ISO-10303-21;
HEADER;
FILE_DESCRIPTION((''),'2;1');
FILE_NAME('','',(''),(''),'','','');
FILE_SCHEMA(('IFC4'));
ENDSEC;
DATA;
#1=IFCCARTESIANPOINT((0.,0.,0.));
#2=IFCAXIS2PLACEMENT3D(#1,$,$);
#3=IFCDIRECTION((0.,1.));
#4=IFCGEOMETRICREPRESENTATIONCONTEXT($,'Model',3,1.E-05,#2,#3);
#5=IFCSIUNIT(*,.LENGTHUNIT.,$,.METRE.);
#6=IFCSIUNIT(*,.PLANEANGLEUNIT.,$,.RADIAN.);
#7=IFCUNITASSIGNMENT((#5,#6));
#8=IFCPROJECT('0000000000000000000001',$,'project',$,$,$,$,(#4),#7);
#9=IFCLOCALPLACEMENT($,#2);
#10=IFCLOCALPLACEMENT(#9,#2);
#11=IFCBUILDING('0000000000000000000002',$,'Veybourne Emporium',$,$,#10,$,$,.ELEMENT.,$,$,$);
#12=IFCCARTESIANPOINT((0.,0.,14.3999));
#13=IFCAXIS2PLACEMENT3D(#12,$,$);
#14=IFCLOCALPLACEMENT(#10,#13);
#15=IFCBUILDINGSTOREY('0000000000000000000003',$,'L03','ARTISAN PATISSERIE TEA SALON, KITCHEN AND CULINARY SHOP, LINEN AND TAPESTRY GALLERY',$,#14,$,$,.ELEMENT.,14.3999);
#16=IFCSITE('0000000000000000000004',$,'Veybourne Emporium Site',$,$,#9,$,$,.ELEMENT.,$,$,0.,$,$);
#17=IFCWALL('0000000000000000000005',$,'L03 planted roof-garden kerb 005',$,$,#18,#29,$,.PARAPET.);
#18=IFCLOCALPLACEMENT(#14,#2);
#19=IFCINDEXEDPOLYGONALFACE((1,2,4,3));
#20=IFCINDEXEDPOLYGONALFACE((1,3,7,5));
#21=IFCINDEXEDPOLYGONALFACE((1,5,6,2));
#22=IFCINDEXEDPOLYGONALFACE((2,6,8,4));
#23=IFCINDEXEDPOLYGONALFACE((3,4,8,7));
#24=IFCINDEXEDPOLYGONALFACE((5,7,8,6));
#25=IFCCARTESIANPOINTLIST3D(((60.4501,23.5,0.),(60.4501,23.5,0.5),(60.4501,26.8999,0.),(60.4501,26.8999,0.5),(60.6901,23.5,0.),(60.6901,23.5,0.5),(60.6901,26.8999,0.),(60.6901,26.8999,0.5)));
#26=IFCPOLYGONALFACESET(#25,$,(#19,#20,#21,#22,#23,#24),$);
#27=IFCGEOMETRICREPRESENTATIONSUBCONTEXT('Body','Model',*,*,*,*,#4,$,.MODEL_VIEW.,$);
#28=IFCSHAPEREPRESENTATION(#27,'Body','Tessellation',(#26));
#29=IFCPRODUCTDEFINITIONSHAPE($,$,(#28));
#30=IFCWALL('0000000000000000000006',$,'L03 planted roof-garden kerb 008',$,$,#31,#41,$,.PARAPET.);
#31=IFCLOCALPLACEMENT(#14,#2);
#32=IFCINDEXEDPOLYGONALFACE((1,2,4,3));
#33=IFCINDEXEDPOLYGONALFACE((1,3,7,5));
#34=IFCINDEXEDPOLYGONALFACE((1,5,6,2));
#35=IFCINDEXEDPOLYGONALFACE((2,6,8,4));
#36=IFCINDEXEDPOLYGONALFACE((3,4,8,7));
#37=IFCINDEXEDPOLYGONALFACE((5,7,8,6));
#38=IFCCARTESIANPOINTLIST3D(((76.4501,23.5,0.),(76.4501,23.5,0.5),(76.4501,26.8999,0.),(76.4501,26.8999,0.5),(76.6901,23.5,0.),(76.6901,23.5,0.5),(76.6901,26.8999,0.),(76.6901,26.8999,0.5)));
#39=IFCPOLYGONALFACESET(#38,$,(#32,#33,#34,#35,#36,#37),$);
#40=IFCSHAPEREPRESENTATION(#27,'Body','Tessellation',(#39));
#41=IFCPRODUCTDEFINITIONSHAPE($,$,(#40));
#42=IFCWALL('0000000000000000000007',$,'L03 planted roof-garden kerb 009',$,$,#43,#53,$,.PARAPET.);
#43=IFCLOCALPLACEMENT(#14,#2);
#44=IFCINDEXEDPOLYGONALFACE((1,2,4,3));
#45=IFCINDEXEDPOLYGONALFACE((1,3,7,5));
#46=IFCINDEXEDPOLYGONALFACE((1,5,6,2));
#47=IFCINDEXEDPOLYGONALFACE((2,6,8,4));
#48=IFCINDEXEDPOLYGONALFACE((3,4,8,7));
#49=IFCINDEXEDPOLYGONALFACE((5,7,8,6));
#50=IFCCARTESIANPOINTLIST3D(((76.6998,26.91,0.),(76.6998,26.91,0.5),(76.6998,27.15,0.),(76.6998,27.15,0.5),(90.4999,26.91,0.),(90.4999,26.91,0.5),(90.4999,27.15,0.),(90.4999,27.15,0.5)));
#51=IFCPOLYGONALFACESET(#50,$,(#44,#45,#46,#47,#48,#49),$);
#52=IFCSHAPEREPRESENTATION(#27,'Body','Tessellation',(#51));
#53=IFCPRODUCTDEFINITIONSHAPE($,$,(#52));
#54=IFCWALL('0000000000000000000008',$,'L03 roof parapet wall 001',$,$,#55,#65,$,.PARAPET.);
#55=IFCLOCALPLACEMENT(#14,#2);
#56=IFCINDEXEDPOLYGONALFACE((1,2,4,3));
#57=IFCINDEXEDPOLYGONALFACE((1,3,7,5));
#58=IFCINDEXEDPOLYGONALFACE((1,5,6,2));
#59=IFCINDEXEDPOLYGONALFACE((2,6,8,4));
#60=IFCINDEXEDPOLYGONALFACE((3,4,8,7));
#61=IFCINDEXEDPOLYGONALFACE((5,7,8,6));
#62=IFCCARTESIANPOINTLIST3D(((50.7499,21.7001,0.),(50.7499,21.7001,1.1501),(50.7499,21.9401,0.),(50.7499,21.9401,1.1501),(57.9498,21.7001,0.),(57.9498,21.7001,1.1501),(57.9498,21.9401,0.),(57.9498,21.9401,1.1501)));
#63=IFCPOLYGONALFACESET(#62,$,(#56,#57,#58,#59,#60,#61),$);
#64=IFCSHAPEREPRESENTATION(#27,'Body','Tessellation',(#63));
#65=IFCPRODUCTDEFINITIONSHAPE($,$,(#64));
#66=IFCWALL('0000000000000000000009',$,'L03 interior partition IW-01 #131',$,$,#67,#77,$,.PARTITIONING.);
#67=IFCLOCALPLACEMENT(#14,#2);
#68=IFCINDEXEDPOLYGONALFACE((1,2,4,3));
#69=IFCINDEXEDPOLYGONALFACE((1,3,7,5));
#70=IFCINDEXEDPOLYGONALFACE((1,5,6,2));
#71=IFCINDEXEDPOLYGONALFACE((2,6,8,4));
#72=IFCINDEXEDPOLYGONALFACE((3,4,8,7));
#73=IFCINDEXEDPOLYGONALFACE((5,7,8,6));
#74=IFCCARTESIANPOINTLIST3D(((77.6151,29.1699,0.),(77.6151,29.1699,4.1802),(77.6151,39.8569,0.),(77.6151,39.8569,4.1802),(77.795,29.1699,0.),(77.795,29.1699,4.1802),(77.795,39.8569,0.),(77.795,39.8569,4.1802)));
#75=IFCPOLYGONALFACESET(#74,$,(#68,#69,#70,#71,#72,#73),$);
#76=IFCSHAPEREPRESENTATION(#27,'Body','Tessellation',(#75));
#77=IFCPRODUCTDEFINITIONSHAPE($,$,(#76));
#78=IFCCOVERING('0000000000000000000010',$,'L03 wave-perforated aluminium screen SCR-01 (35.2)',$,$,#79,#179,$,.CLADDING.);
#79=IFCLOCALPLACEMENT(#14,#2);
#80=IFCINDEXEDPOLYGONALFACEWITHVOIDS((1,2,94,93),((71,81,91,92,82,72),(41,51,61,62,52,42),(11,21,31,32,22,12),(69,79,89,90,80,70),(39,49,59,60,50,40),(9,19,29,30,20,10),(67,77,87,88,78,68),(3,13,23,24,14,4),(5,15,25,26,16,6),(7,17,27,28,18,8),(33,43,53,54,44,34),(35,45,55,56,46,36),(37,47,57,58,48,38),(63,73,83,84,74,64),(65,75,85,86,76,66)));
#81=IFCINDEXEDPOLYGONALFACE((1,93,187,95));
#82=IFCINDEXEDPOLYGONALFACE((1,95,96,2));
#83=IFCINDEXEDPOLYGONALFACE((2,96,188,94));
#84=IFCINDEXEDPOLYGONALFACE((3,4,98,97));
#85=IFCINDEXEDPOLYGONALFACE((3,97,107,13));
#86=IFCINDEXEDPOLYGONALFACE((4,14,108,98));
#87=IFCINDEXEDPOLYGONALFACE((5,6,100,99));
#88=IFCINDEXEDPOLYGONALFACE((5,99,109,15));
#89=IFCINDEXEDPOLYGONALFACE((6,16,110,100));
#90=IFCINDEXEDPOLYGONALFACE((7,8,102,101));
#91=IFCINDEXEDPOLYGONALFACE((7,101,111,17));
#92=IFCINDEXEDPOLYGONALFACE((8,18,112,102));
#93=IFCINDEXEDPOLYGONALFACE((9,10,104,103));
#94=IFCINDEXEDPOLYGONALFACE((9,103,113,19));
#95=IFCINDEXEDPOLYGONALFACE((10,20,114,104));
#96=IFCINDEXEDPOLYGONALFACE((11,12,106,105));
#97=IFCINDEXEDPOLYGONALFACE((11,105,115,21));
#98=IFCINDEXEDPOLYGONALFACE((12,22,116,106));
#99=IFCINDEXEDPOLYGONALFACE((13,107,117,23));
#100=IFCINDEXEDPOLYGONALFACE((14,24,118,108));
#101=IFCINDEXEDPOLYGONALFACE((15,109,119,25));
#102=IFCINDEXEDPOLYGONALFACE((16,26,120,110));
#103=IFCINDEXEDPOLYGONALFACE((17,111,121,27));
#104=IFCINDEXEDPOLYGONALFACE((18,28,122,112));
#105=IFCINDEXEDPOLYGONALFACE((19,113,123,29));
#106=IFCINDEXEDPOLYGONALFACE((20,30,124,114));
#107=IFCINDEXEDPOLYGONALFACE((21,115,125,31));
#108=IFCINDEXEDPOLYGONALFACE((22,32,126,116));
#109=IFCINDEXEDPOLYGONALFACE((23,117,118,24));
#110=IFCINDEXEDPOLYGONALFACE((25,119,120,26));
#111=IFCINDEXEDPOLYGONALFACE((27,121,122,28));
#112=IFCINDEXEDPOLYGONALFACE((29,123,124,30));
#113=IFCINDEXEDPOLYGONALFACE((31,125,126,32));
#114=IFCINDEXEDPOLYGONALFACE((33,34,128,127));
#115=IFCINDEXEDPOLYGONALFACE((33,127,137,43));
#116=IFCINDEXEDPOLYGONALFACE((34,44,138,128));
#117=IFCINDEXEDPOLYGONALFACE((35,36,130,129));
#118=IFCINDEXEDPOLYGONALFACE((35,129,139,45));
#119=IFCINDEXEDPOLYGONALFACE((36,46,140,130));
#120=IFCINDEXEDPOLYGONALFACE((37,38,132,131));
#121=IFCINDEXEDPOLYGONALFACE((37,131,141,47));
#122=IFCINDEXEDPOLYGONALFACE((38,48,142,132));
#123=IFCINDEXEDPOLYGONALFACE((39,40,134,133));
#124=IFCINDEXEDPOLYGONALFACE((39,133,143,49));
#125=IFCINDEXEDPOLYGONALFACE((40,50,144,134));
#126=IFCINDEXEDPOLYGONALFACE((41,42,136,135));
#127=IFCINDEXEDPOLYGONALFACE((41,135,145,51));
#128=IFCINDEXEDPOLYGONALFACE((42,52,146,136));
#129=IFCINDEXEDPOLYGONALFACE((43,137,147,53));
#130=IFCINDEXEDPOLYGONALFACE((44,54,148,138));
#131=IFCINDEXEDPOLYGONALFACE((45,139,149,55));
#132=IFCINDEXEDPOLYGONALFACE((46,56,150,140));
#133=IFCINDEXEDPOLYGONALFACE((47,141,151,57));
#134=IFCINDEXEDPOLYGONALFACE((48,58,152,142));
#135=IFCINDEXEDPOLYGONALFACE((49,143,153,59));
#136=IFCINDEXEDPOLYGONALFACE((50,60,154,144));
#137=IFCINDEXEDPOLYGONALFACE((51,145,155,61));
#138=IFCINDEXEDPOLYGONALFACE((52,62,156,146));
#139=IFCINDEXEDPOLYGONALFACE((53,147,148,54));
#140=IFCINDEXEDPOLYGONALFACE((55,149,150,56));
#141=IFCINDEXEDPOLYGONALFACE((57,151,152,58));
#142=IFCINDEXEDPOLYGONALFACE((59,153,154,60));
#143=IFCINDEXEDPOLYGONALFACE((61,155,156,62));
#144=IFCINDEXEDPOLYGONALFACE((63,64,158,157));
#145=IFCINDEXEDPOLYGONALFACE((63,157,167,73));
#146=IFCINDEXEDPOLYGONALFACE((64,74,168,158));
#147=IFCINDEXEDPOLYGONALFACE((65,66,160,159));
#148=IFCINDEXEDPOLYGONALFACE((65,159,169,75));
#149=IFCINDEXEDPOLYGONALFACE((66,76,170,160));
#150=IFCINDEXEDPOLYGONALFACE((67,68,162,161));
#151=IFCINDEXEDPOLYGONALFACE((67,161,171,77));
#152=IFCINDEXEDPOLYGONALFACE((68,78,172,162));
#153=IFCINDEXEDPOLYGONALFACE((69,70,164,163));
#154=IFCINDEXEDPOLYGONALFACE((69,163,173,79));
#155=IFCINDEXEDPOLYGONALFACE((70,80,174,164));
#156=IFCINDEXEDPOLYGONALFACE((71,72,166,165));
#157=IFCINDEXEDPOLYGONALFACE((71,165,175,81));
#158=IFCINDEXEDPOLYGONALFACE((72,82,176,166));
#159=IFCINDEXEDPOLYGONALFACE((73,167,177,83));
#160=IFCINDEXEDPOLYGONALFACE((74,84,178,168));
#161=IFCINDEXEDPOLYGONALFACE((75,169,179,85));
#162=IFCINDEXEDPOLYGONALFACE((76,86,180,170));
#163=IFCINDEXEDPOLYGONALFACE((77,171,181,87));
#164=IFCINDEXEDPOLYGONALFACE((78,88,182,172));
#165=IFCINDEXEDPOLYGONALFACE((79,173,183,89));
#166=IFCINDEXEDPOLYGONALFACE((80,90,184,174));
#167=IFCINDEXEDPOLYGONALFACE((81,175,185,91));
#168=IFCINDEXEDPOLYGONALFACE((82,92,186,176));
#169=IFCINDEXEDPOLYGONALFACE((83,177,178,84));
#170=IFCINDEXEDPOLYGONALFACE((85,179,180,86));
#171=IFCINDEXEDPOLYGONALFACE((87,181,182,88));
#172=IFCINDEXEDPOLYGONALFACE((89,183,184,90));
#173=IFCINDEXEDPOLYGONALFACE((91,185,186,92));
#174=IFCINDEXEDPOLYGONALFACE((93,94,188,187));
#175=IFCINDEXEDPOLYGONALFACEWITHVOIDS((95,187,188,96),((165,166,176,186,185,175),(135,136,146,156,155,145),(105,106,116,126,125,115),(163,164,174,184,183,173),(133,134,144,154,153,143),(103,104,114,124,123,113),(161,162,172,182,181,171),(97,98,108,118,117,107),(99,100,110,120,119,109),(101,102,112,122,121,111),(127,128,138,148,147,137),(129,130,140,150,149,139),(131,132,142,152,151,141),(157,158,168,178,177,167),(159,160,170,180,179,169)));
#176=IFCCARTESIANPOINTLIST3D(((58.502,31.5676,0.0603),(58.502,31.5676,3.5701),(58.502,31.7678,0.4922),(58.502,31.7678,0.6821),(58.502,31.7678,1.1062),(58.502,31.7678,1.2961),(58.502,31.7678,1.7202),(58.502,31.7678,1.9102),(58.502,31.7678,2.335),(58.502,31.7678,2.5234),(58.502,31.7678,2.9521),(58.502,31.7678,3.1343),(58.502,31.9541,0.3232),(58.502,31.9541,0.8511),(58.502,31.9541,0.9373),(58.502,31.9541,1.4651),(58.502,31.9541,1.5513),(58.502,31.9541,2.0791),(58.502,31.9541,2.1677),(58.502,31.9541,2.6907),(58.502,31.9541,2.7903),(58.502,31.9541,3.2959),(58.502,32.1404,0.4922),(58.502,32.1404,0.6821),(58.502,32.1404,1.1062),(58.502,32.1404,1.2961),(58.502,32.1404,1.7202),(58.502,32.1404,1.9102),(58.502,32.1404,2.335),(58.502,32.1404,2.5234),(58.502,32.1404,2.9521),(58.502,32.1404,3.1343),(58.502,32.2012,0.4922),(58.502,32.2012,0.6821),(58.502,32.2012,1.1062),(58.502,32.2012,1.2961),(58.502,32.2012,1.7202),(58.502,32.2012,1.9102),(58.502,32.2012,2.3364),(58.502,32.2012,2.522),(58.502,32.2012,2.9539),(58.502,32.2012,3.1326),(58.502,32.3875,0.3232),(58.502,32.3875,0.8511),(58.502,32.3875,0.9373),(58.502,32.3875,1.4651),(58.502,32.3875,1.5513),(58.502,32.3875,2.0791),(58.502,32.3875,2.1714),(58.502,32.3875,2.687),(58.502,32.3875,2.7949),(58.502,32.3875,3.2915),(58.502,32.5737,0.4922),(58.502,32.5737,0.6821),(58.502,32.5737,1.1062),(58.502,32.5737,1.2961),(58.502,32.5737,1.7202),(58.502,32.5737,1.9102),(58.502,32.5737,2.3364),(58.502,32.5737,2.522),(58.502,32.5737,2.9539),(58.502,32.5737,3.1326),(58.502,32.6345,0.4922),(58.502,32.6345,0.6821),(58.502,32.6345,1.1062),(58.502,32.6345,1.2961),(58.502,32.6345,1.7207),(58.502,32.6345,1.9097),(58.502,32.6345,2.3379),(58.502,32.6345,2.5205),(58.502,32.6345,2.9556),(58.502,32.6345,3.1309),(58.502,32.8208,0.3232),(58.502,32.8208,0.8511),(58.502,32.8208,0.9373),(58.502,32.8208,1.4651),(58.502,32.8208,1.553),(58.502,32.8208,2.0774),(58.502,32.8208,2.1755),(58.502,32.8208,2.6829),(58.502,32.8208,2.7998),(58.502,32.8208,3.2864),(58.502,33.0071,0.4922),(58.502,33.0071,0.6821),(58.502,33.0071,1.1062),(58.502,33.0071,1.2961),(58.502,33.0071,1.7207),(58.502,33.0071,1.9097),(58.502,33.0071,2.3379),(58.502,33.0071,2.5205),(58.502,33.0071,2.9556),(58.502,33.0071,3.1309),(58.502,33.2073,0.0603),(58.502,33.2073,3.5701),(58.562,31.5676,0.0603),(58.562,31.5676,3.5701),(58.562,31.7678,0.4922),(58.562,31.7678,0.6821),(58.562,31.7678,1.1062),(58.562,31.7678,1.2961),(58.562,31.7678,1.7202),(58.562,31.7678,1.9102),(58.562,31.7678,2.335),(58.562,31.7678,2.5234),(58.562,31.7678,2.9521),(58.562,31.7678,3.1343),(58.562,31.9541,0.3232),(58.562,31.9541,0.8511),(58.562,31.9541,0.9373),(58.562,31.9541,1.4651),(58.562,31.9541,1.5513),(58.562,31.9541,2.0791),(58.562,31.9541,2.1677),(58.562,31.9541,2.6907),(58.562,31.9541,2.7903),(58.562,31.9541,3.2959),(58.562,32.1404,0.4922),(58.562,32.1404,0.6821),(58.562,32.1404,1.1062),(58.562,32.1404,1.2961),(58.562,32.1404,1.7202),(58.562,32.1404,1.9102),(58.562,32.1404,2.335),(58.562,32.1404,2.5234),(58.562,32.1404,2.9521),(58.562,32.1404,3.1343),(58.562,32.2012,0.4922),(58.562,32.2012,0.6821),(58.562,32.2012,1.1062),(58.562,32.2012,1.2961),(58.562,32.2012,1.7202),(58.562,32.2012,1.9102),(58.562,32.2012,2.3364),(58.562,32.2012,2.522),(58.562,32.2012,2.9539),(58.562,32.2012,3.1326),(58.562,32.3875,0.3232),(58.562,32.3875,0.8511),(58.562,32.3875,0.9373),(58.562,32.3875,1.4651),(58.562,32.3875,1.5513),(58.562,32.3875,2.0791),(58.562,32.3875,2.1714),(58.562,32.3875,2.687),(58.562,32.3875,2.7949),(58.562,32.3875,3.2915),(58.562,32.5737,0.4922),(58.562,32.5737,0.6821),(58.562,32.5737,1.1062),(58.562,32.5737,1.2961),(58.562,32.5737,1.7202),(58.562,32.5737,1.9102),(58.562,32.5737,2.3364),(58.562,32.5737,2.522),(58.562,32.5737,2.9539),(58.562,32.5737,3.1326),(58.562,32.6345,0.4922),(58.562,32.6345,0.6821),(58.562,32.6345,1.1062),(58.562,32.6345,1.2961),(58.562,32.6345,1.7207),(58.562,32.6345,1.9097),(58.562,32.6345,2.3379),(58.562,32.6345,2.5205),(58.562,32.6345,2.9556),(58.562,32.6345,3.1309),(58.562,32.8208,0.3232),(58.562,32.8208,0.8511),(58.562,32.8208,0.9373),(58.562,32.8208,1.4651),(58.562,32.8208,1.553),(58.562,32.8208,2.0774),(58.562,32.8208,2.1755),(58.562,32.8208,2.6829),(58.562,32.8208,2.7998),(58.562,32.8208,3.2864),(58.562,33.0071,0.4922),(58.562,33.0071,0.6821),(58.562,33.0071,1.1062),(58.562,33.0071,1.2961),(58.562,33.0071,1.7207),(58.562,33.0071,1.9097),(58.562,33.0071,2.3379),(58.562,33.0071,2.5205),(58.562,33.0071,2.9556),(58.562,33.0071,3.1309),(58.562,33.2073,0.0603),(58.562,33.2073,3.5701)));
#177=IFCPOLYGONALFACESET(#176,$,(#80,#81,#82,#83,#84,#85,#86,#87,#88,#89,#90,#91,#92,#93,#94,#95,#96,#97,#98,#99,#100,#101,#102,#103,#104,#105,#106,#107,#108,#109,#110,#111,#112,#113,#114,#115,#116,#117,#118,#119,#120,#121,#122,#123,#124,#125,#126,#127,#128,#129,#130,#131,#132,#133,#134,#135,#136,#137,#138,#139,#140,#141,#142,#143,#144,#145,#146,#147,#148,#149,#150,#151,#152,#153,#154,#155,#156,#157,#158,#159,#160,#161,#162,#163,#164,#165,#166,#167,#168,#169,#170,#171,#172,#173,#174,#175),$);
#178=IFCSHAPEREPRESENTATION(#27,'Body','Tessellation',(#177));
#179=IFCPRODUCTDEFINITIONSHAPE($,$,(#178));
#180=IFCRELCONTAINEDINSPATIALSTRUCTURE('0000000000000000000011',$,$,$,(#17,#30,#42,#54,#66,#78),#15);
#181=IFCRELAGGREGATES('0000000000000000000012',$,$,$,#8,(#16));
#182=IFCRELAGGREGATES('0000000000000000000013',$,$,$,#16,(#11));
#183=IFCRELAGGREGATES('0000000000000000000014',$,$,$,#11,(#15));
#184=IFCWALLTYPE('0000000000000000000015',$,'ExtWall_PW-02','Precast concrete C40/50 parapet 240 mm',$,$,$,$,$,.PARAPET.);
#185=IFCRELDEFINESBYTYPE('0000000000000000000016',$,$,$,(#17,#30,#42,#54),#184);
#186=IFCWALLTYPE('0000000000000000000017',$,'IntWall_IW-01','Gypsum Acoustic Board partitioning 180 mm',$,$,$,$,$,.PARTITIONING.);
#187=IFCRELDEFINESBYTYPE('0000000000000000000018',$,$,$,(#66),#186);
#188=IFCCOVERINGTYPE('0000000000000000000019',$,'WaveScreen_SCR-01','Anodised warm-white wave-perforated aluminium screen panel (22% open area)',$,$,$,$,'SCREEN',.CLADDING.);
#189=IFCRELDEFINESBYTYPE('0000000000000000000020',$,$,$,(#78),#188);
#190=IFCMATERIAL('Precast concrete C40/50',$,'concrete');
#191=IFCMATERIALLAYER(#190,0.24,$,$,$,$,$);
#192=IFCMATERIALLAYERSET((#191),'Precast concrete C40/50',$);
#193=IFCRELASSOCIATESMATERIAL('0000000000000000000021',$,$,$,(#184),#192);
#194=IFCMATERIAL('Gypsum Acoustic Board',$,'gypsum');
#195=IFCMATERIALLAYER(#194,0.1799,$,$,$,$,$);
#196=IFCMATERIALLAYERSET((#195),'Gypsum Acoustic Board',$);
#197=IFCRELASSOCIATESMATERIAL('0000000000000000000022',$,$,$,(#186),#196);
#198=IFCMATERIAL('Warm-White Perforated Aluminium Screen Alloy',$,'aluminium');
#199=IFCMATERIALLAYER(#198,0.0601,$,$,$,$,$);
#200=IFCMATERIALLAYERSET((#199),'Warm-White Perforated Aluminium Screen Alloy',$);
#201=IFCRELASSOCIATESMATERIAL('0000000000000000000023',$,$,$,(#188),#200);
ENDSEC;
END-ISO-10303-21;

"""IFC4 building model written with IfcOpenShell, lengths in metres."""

from ifc_helpers import new_model, si_unit, direction, frame, frame_2d, origin, place, context, subcontext, project, spatial, polyline, rectangle, outline, extrude, material, layer, layer_set, type_object, element, save


model = new_model("IFC4")

# Units and contexts
model_context = context("Model", 3, precision=1e-05, world=origin(), true_north=direction((0.0, 1.0)))
body_context = subcontext(model_context, "Body", "Model", "MODEL_VIEW")
ifc_project = project(units=[si_unit("LENGTHUNIT", "METRE"), si_unit("PLANEANGLEUNIT", "RADIAN")], contexts=[model_context])

# Site, building, storey
site_placement = place(None, origin())
site = spatial("IfcSite", under=ifc_project, at=site_placement, Name="Veybourne Emporium Site", CompositionType="ELEMENT", RefElevation=0.0)
building_placement = place(site_placement, origin())
building = spatial("IfcBuilding", under=site, at=building_placement, Name="Veybourne Emporium", CompositionType="ELEMENT")
storey_placement = place(building_placement, frame((0.0, 0.0, 14.3999)))
storey = spatial("IfcBuildingStorey", under=building, at=storey_placement, Name="L03", Description="ARTISAN PATISSERIE TEA SALON, KITCHEN AND CULINARY SHOP, LINEN AND TAPESTRY GALLERY", CompositionType="ELEMENT", Elevation=14.3999)

# Walls
ifc_material_1 = material(Name="Precast concrete C40/50", Category="concrete")
ifc_layer_1 = layer(ifc_material_1, 0.24)
ifc_layer_set_1 = layer_set([ifc_layer_1], Name="Precast concrete C40/50")
wall_type_1 = type_object("IfcWallType", Name="ExtWall_PW-02", Description="Precast concrete C40/50 parapet 240 mm", PredefinedType="PARAPET", material=ifc_layer_set_1)
for number, where, z_axis, x_axis, name in (
    (1, (60.5701, 23.5, 0.0), (0.0, 0.0, 1.0), (0.0, 1.0, 0.0), "L03 planted roof-garden kerb 005"),
    (2, (76.5701, 23.5, 0.0), (0.0, 0.0, 1.0), (0.0, 1.0, 0.0), "L03 planted roof-garden kerb 008"),
):
    element("IfcWall", number, at=place(storey_placement, frame(where, z_axis=z_axis, x_axis=x_axis)), inside=storey, type_object=wall_type_1, Name=name, PredefinedType="PARAPET", context=body_context, shape_type="SweptSolid", body=[
        extrude(rectangle(XDim=3.3999, YDim=0.24, at=frame_2d((1.7, 0.0))), origin(), (0.0, 0.0, 1.0), 0.5),
    ])
wall_1_placement = place(storey_placement, frame((76.7, 27.03, 0.0), z_axis=(0.0, 0.0, 1.0), x_axis=(1.0, 0.0, 0.0)))
element("IfcWall", 3, at=wall_1_placement, inside=storey, type_object=wall_type_1, Name="L03 planted roof-garden kerb 009", PredefinedType="PARAPET", context=body_context, shape_type="SweptSolid", body=[
    extrude(rectangle(XDim=13.8, YDim=0.24, at=frame_2d((6.8999, 0.0))), origin(), (0.0, 0.0, 1.0), 0.5),
])
wall_2_placement = place(storey_placement, frame((57.95, 21.8201, 0.0), z_axis=(0.0, 0.0, 1.0), x_axis=(-1.0, 0.0, 0.0)))
element("IfcWall", 4, at=wall_2_placement, inside=storey, type_object=wall_type_1, Name="L03 roof parapet wall 001", PredefinedType="PARAPET", context=body_context, shape_type="SweptSolid", body=[
    extrude(rectangle(XDim=7.2, YDim=0.24, at=frame_2d((3.6001, 0.0))), origin(), (0.0, 0.0, 1.0), 1.1501),
])
ifc_material_2 = material(Name="Gypsum Acoustic Board", Category="gypsum")
ifc_layer_2 = layer(ifc_material_2, 0.1799)
ifc_layer_set_2 = layer_set([ifc_layer_2], Name="Gypsum Acoustic Board")
wall_type_2 = type_object("IfcWallType", Name="IntWall_IW-01", Description="Gypsum Acoustic Board partitioning 180 mm", PredefinedType="PARTITIONING", material=ifc_layer_set_2)
wall_3_placement = place(storey_placement, frame((77.7051, 29.1699, 0.0), z_axis=(0.0, 0.0, 1.0), x_axis=(0.0, 1.0, 0.0)))
element("IfcWall", 5, at=wall_3_placement, inside=storey, type_object=wall_type_2, Name="L03 interior partition IW-01 #131", PredefinedType="PARTITIONING", context=body_context, shape_type="SweptSolid", body=[
    extrude(rectangle(XDim=10.687, YDim=0.1799, at=frame_2d((5.3435, 0.0))), origin(), (0.0, 0.0, 1.0), 4.1802),
])

# Covering
ifc_material_3 = material(Name="Warm-White Perforated Aluminium Screen Alloy", Category="aluminium")
ifc_layer_3 = layer(ifc_material_3, 0.0601)
ifc_layer_set_3 = layer_set([ifc_layer_3], Name="Warm-White Perforated Aluminium Screen Alloy")
covering_type_1 = type_object("IfcCoveringType", Name="WaveScreen_SCR-01", Description="Anodised warm-white wave-perforated aluminium screen panel (22% open area)", ElementType="SCREEN", PredefinedType="CLADDING", material=ifc_layer_set_3)
covering_1_placement = place(storey_placement, frame((58.502, 32.3875, 1.8152), z_axis=(1.0, 0.0, 0.0), x_axis=(0.0, 1.0, 0.0)))
element("IfcCovering", 6, at=covering_1_placement, inside=storey, type_object=covering_type_1, Name="L03 wave-perforated aluminium screen SCR-01 (35.2)", PredefinedType="CLADDING", context=body_context, shape_type="SweptSolid", body=[
    extrude(outline(polyline([(-0.8198, -1.7549), (0.8198, -1.7549), (0.8198, 1.7549), (-0.8198, 1.7549), (-0.8198, -1.7549)]), holes=[polyline([(-0.4333, -0.9641), (-0.2471, -1.1331), (-0.2471, -1.323), (-0.4333, -1.4919), (-0.6196, -1.323), (-0.6196, -1.1331), (-0.4333, -0.9641)]), polyline([(-0.4333, -0.3501), (-0.2471, -0.519), (-0.2471, -0.709), (-0.4333, -0.8779), (-0.6196, -0.709), (-0.6196, -0.519), (-0.4333, -0.3501)]), polyline([(-0.4333, 0.2639), (-0.2471, 0.095), (-0.2471, -0.095), (-0.4333, -0.2639), (-0.6196, -0.095), (-0.6196, 0.095), (-0.4333, 0.2639)]), polyline([(-0.4333, 0.8755), (-0.2471, 0.7083), (-0.2471, 0.5198), (-0.4333, 0.3525), (-0.6196, 0.5198), (-0.6196, 0.7083), (-0.4333, 0.8755)]), polyline([(-0.4333, 1.4807), (-0.2471, 1.3191), (-0.2471, 1.137), (-0.4333, 0.9751), (-0.6196, 1.137), (-0.6196, 1.3191), (-0.4333, 1.4807)]), polyline([(0.0, -0.9641), (0.1863, -1.1331), (0.1863, -1.323), (0.0, -1.4919), (-0.1863, -1.323), (-0.1863, -1.1331), (0.0, -0.9641)]), polyline([(0.0, -0.3501), (0.1863, -0.519), (0.1863, -0.709), (0.0, -0.8779), (-0.1863, -0.709), (-0.1863, -0.519), (0.0, -0.3501)]), polyline([(0.0, 0.2639), (0.1863, 0.095), (0.1863, -0.095), (0.0, -0.2639), (-0.1863, -0.095), (-0.1863, 0.095), (0.0, 0.2639)]), polyline([(0.0, 0.8718), (0.1863, 0.7068), (0.1863, 0.5212), (0.0, 0.3562), (-0.1863, 0.5212), (-0.1863, 0.7068), (0.0, 0.8718)]), polyline([(0.0, 1.4763), (0.1863, 1.3174), (0.1863, 1.1387), (0.0, 0.9797), (-0.1863, 1.1387), (-0.1863, 1.3174), (0.0, 1.4763)]), polyline([(0.4333, -0.9641), (0.6196, -1.1331), (0.6196, -1.323), (0.4333, -1.4919), (0.2471, -1.323), (0.2471, -1.1331), (0.4333, -0.9641)]), polyline([(0.4333, -0.3501), (0.6196, -0.519), (0.6196, -0.709), (0.4333, -0.8779), (0.2471, -0.709), (0.2471, -0.519), (0.4333, -0.3501)]), polyline([(0.4333, 0.2622), (0.6196, 0.0945), (0.6196, -0.0945), (0.4333, -0.2622), (0.2471, -0.0945), (0.2471, 0.0945), (0.4333, 0.2622)]), polyline([(0.4333, 0.8677), (0.6196, 0.7053), (0.6196, 0.5227), (0.4333, 0.3604), (0.2471, 0.5227), (0.2471, 0.7053), (0.4333, 0.8677)]), polyline([(0.4333, 1.4712), (0.6196, 1.3157), (0.6196, 1.1404), (0.4333, 0.9846), (0.2471, 1.1404), (0.2471, 1.3157), (0.4333, 1.4712)])]), origin(), (0.0, 0.0, 1.0), 0.0601),
])

save(model, "model.ifc")
